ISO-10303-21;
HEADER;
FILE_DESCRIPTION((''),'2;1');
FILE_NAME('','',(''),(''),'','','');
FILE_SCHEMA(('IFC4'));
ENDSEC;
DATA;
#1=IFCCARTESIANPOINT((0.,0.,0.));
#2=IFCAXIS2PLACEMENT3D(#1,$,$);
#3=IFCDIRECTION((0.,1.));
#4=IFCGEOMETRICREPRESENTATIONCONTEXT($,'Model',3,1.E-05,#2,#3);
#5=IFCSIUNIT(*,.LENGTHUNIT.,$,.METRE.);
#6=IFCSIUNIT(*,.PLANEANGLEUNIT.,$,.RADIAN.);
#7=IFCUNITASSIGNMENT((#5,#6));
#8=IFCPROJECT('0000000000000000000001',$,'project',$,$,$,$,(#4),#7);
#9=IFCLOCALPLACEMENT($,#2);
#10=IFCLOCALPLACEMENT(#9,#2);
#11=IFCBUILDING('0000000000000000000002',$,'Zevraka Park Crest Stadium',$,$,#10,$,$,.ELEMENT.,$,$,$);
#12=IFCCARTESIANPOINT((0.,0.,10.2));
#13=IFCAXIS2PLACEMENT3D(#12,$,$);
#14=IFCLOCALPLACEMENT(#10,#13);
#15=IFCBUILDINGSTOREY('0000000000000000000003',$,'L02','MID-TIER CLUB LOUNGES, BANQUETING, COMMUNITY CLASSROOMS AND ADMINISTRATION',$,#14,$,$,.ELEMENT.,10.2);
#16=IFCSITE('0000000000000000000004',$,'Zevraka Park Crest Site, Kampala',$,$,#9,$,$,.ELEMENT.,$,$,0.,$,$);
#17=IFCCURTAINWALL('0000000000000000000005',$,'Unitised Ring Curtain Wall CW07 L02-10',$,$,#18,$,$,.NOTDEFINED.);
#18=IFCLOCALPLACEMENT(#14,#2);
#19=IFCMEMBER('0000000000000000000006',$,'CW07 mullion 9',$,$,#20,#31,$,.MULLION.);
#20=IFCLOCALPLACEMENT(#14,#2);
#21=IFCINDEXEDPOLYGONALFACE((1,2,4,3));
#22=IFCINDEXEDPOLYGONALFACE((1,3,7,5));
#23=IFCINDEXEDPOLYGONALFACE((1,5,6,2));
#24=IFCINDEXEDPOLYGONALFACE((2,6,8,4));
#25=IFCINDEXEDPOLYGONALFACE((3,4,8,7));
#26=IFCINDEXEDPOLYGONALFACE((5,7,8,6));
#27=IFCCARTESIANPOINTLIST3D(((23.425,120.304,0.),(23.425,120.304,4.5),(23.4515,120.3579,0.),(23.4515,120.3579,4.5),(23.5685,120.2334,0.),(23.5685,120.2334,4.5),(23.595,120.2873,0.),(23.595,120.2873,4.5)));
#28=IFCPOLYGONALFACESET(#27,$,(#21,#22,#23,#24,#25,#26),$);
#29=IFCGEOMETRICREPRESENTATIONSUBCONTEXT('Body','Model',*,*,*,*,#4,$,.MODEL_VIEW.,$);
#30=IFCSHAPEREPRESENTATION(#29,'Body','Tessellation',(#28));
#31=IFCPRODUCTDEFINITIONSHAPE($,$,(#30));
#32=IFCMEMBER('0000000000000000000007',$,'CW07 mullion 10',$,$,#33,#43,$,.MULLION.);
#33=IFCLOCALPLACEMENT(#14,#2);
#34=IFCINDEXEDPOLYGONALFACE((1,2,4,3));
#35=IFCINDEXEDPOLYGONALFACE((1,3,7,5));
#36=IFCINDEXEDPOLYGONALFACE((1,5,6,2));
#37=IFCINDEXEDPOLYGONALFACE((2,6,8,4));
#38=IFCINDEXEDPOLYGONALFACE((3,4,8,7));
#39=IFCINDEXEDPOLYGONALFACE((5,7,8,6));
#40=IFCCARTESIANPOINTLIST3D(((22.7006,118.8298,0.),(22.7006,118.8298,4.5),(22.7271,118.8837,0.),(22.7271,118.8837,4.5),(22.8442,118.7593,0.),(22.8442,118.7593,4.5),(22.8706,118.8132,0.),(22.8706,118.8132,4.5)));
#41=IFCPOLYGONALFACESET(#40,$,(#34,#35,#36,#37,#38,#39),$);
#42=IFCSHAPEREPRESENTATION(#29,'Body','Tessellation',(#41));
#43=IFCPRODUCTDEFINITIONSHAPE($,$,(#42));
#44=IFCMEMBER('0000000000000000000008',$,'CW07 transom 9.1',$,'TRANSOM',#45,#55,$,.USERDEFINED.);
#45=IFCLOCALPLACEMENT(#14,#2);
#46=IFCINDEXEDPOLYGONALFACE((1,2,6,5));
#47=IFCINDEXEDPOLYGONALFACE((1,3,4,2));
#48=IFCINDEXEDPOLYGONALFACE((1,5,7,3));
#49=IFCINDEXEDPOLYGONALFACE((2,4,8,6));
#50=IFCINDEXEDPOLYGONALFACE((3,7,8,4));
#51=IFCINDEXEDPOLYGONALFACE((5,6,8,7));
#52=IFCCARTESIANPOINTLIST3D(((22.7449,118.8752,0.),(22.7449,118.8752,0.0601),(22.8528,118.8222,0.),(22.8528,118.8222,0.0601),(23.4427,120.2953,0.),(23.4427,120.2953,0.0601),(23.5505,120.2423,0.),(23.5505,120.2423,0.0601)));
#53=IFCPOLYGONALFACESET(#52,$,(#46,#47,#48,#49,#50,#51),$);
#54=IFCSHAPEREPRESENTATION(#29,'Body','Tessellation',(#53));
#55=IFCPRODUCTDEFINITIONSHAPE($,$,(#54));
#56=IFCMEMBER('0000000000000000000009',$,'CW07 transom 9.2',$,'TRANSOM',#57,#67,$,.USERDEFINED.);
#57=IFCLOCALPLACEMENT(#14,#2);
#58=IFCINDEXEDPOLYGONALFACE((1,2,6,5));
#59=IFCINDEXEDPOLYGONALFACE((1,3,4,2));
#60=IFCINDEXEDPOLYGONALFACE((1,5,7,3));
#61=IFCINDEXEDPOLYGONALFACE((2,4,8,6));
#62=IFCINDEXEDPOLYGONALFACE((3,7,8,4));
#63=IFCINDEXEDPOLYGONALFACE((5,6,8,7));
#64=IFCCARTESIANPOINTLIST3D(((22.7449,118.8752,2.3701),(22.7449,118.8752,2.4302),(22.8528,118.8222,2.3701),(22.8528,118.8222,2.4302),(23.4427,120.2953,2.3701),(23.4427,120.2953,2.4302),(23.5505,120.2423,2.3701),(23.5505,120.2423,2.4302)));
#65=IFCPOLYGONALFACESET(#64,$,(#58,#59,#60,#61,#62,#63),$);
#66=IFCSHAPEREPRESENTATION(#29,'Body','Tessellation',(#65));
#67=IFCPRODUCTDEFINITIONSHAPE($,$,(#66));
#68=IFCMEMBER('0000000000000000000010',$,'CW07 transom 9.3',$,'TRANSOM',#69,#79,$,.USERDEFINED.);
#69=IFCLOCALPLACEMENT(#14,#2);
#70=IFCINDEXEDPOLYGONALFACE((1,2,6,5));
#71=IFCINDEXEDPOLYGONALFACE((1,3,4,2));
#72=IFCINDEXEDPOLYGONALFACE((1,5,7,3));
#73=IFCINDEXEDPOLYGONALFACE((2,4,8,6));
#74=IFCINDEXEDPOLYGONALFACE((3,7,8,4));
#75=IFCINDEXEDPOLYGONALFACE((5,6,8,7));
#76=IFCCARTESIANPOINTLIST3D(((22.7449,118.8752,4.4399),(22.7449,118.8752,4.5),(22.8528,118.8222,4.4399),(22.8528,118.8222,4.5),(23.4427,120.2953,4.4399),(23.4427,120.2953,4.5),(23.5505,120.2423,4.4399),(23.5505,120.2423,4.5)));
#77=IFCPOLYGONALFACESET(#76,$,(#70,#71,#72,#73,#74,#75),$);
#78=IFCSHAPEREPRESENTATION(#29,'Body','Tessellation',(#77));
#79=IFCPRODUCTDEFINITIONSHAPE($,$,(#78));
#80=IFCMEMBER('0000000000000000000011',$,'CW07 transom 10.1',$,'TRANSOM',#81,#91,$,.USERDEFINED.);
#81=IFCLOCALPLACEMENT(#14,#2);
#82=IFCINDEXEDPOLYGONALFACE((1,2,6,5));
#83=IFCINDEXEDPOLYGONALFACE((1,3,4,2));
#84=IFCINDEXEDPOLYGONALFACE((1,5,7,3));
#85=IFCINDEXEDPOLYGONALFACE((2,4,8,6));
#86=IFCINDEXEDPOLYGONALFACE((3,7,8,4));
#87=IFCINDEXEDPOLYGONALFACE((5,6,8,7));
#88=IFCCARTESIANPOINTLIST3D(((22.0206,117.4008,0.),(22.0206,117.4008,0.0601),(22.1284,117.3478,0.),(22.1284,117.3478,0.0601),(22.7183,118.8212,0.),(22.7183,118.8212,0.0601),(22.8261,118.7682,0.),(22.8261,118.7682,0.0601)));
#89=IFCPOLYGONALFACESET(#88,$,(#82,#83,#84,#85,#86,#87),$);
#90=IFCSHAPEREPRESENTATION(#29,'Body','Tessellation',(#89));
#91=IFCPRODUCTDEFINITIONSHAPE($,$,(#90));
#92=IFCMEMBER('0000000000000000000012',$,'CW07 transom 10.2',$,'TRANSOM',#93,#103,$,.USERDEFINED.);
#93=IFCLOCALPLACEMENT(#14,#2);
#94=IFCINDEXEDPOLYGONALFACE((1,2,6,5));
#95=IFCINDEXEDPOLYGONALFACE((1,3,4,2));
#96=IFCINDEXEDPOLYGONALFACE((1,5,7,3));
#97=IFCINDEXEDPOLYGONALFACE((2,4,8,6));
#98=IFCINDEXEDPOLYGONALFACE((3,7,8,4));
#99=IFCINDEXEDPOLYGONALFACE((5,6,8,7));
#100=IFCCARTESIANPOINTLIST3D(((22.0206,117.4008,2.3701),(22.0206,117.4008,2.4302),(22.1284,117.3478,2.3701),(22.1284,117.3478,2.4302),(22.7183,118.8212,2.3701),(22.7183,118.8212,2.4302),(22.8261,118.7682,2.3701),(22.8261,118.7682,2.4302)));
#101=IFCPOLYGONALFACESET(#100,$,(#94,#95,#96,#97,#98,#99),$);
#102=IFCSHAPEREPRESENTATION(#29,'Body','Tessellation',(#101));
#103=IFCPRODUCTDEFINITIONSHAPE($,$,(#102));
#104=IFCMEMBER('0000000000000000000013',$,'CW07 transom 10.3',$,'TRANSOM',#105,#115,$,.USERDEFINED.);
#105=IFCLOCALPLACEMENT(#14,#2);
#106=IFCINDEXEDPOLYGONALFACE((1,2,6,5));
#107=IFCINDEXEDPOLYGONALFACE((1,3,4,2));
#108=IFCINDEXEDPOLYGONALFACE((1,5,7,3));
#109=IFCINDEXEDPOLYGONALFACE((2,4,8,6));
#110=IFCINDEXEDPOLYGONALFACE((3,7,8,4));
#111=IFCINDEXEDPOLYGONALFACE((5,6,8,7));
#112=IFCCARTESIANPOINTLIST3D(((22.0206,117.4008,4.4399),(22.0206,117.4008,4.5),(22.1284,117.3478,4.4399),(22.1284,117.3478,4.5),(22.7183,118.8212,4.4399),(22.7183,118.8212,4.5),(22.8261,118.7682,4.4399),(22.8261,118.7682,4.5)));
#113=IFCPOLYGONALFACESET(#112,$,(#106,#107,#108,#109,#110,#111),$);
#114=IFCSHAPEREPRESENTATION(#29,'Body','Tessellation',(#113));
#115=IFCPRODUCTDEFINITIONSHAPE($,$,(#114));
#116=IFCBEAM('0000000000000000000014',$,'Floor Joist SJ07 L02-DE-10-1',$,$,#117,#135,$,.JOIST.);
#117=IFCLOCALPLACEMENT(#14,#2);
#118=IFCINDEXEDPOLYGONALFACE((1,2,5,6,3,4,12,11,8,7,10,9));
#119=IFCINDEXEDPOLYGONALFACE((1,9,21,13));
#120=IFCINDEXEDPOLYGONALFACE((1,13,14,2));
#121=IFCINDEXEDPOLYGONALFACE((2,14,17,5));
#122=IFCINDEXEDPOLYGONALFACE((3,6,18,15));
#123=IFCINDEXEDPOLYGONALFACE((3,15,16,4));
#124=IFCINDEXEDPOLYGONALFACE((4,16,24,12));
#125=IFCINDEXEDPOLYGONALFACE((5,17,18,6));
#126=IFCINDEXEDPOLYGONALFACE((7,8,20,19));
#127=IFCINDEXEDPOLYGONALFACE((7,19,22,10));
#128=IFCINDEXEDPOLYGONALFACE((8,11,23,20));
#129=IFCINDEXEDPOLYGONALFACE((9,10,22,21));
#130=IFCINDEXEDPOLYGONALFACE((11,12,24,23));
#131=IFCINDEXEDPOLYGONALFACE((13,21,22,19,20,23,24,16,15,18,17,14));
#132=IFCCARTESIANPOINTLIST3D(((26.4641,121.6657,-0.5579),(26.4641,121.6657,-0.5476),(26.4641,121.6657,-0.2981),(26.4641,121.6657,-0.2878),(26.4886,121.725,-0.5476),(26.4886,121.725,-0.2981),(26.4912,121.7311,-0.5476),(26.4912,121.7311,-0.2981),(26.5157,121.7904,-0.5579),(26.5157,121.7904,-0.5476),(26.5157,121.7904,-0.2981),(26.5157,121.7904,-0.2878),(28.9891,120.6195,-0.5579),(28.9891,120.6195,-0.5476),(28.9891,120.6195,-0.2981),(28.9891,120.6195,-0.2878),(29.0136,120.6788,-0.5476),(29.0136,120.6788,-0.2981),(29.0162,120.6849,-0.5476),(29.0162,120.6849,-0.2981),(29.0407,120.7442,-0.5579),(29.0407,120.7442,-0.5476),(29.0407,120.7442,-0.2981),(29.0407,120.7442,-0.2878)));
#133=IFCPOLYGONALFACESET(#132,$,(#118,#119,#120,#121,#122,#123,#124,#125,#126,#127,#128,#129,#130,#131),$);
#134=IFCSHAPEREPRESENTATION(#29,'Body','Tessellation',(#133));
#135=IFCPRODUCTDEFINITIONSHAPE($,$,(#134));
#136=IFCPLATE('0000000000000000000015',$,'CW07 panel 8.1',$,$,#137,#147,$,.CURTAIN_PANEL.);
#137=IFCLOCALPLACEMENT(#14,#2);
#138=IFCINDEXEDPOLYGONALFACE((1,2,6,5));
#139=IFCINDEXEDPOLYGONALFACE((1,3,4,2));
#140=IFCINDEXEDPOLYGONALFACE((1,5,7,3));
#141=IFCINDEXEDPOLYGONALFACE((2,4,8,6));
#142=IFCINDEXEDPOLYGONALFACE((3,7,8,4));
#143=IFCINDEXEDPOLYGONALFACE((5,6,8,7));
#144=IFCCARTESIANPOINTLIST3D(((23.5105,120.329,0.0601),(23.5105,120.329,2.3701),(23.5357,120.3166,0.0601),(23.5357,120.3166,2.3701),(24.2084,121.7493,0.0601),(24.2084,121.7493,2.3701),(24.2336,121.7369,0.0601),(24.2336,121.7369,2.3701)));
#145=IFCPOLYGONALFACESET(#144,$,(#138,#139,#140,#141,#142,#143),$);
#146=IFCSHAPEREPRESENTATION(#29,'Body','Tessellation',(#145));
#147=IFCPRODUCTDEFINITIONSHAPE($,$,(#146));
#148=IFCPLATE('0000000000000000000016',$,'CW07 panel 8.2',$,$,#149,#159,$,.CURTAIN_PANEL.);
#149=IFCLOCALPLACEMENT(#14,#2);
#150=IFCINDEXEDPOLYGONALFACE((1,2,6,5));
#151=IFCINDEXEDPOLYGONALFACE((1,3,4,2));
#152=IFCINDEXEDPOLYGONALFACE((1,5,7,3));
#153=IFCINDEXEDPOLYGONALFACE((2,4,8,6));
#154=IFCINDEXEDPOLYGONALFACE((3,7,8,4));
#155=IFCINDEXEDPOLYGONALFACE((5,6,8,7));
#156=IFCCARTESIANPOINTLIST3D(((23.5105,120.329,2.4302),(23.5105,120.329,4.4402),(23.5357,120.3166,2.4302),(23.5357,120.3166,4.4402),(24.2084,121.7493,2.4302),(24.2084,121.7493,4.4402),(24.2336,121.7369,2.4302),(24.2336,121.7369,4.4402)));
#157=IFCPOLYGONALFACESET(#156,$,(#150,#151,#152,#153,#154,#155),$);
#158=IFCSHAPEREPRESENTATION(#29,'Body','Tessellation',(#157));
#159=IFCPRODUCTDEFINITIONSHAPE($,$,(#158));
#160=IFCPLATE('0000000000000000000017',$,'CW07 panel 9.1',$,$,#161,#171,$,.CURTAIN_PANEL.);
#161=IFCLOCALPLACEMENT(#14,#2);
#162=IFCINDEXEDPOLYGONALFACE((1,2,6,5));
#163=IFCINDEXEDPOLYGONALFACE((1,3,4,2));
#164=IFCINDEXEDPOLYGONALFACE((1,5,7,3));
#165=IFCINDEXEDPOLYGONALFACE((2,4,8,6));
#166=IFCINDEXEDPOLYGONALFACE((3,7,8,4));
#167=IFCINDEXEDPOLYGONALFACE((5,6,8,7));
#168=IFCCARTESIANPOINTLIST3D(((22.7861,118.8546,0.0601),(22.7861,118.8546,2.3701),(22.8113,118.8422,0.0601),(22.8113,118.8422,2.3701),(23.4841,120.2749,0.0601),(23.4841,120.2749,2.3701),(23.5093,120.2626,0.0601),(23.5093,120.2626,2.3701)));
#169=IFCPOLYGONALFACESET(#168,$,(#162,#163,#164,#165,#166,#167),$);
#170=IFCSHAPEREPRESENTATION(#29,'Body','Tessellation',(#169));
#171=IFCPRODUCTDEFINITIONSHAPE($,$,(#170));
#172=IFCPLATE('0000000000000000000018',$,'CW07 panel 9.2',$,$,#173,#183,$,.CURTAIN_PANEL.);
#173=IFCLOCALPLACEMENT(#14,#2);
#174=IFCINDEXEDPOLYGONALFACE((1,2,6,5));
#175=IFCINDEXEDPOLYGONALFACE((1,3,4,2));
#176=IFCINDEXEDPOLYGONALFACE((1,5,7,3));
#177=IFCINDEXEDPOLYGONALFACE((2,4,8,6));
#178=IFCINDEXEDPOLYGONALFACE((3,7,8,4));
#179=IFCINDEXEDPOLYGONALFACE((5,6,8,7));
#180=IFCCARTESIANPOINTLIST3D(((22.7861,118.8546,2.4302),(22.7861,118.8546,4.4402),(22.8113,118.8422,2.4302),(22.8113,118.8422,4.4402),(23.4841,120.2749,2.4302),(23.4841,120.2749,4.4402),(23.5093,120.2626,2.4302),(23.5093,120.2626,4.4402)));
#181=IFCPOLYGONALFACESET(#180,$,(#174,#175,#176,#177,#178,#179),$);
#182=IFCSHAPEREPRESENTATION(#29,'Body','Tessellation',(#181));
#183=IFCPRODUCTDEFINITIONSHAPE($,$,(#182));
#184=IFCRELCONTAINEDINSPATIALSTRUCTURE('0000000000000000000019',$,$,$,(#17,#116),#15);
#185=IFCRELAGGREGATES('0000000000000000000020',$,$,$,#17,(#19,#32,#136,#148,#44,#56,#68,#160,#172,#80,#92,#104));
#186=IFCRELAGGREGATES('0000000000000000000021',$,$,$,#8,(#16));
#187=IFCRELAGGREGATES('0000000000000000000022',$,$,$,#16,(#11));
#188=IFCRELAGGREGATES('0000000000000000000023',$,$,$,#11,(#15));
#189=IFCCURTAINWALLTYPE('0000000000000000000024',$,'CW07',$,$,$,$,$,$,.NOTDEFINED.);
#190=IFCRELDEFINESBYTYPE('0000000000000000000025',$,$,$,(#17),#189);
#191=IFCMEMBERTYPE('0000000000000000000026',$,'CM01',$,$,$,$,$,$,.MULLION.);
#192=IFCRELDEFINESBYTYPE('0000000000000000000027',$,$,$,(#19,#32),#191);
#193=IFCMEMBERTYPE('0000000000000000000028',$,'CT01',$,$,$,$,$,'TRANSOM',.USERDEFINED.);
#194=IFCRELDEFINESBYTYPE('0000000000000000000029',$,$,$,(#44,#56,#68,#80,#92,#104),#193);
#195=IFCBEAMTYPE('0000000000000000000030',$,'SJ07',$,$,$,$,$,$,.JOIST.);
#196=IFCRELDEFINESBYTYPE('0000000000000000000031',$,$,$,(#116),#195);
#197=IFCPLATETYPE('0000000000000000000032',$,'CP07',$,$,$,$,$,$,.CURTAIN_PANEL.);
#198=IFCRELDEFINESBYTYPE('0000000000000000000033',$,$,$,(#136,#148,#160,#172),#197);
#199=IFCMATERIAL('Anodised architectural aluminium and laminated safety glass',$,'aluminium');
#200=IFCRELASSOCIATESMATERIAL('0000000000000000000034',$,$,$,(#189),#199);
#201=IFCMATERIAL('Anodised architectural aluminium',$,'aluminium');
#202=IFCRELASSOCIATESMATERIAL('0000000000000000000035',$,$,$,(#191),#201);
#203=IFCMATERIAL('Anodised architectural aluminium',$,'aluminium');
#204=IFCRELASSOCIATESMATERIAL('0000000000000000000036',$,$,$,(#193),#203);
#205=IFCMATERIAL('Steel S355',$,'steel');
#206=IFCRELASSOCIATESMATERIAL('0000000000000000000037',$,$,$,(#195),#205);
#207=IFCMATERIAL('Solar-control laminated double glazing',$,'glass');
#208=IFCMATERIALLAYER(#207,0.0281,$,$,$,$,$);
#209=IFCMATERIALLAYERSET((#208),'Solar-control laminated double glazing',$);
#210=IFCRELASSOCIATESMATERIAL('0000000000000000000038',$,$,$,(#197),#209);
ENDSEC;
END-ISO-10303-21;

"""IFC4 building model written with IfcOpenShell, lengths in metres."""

from ifc_helpers import new_model, si_unit, direction, frame, origin, origin_2d, place, context, subcontext, project, spatial, rectangle, i_section, extrude, material, layer, layer_set, material_profile, profile_set, type_object, element, aggregate, save


model = new_model("IFC4")

# Units and contexts
model_context = context("Model", 3, precision=1e-05, world=origin(), true_north=direction((0.0, 1.0)))
body_context = subcontext(model_context, "Body", "Model", "MODEL_VIEW")
ifc_project = project(units=[si_unit("LENGTHUNIT", "METRE"), si_unit("PLANEANGLEUNIT", "RADIAN")], contexts=[model_context])

# Site, building, storey
site_placement = place(None, origin())
site = spatial("IfcSite", under=ifc_project, at=site_placement, Name="Zevraka Park Crest Site, Kampala", CompositionType="ELEMENT", RefElevation=0.0)
building_placement = place(site_placement, origin())
building = spatial("IfcBuilding", under=site, at=building_placement, Name="Zevraka Park Crest Stadium", CompositionType="ELEMENT")
storey_placement = place(building_placement, frame((0.0, 0.0, 10.2)))
storey = spatial("IfcBuildingStorey", under=building, at=storey_placement, Name="L02", Description="MID-TIER CLUB LOUNGES, BANQUETING, COMMUNITY CLASSROOMS AND ADMINISTRATION", CompositionType="ELEMENT", Elevation=10.2)

# Curtain wall, members
ifc_material_1 = material(Name="Anodised architectural aluminium and laminated safety glass", Category="aluminium")
curtain_wall_type = type_object("IfcCurtainWallType", Name="CW07", PredefinedType="NOTDEFINED", material=ifc_material_1)
curtain_wall_placement = place(storey_placement, origin())
curtain_wall = element("IfcCurtainWall", 1, at=curtain_wall_placement, inside=storey, type_object=curtain_wall_type, Name="Unitised Ring Curtain Wall CW07 L02-10", PredefinedType="NOTDEFINED")
ifc_material_2 = material(Name="Anodised architectural aluminium", Category="aluminium")
ifc_material_profile_1 = material_profile(ifc_material_2, rectangle(XDim=0.1599, YDim=0.0601, at=origin_2d()), Name="ALU MULLION 160x60")
ifc_profile_set_1 = profile_set([ifc_material_profile_1], Name="Anodised architectural aluminium")
member_type_1 = type_object("IfcMemberType", Name="CM01", PredefinedType="MULLION", material=ifc_profile_set_1)
member_1_placement = place(storey_placement, frame((23.51, 120.2957, 0.0), z_axis=(0.0, 0.0, 1.0), x_axis=(0.897497, -0.441021, 0.0)))
member_1 = element("IfcMember", 2, at=member_1_placement, type_object=member_type_1, Name="CW07 mullion 9", PredefinedType="MULLION", context=body_context, shape_type="SweptSolid", body=[
    extrude(rectangle(XDim=0.1599, YDim=0.0601, at=origin_2d()), origin(), (0.0, 0.0, 1.0), 4.5),
])
member_2_placement = place(storey_placement, frame((22.7856, 118.8215, 0.0), z_axis=(0.0, 0.0, 1.0), x_axis=(0.897497, -0.441021, 0.0)))
member_2 = element("IfcMember", 3, at=member_2_placement, type_object=member_type_1, Name="CW07 mullion 10", PredefinedType="MULLION", context=body_context, shape_type="SweptSolid", body=[
    extrude(rectangle(XDim=0.1599, YDim=0.0601, at=origin_2d()), origin(), (0.0, 0.0, 1.0), 4.5),
])
ifc_material_3 = material(Name="Anodised architectural aluminium", Category="aluminium")
ifc_material_profile_2 = material_profile(ifc_material_3, rectangle(XDim=0.1201, YDim=0.0601, at=origin_2d()), Name="ALU TRANSOM 120x60")
ifc_profile_set_2 = profile_set([ifc_material_profile_2], Name="Anodised architectural aluminium")
member_type_2 = type_object("IfcMemberType", Name="CT01", ElementType="TRANSOM", PredefinedType="USERDEFINED", material=ifc_profile_set_2)
member_3_placement = place(storey_placement, frame((23.4966, 120.2688, 0.03), z_axis=(-0.440969, -0.897522, 0.0), x_axis=(0.897522, -0.440969, 0.0)))
member_3 = element("IfcMember", 4, at=member_3_placement, type_object=member_type_2, Name="CW07 transom 9.1", ObjectType="TRANSOM", PredefinedType="USERDEFINED", context=body_context, shape_type="SweptSolid", body=[
    extrude(rectangle(XDim=0.1201, YDim=0.0601, at=origin_2d()), origin(), (0.0, 0.0, 1.0), 1.5823),
])
member_4_placement = place(storey_placement, frame((23.4966, 120.2688, 2.4001), z_axis=(-0.440969, -0.897522, 0.0), x_axis=(0.897522, -0.440969, 0.0)))
member_4 = element("IfcMember", 5, at=member_4_placement, type_object=member_type_2, Name="CW07 transom 9.2", ObjectType="TRANSOM", PredefinedType="USERDEFINED", context=body_context, shape_type="SweptSolid", body=[
    extrude(rectangle(XDim=0.1201, YDim=0.0601, at=origin_2d()), origin(), (0.0, 0.0, 1.0), 1.5823),
])
member_5_placement = place(storey_placement, frame((23.4966, 120.2688, 4.47), z_axis=(-0.440969, -0.897522, 0.0), x_axis=(0.897522, -0.440969, 0.0)))
member_5 = element("IfcMember", 6, at=member_5_placement, type_object=member_type_2, Name="CW07 transom 9.3", ObjectType="TRANSOM", PredefinedType="USERDEFINED", context=body_context, shape_type="SweptSolid", body=[
    extrude(rectangle(XDim=0.1201, YDim=0.0601, at=origin_2d()), origin(), (0.0, 0.0, 1.0), 1.5823),
])
member_6_placement = place(storey_placement, frame((22.7722, 118.7947, 0.03), z_axis=(-0.440908, -0.897552, 0.0), x_axis=(0.897552, -0.440908, 0.0)))
member_6 = element("IfcMember", 7, at=member_6_placement, type_object=member_type_2, Name="CW07 transom 10.1", ObjectType="TRANSOM", PredefinedType="USERDEFINED", context=body_context, shape_type="SweptSolid", body=[
    extrude(rectangle(XDim=0.1201, YDim=0.0601, at=origin_2d()), origin(), (0.0, 0.0, 1.0), 1.5825),
])
member_7_placement = place(storey_placement, frame((22.7722, 118.7947, 2.4001), z_axis=(-0.440908, -0.897552, 0.0), x_axis=(0.897552, -0.440908, 0.0)))
member_7 = element("IfcMember", 8, at=member_7_placement, type_object=member_type_2, Name="CW07 transom 10.2", ObjectType="TRANSOM", PredefinedType="USERDEFINED", context=body_context, shape_type="SweptSolid", body=[
    extrude(rectangle(XDim=0.1201, YDim=0.0601, at=origin_2d()), origin(), (0.0, 0.0, 1.0), 1.5825),
])
member_8_placement = place(storey_placement, frame((22.7722, 118.7947, 4.47), z_axis=(-0.440908, -0.897552, 0.0), x_axis=(0.897552, -0.440908, 0.0)))
member_8 = element("IfcMember", 9, at=member_8_placement, type_object=member_type_2, Name="CW07 transom 10.3", ObjectType="TRANSOM", PredefinedType="USERDEFINED", context=body_context, shape_type="SweptSolid", body=[
    extrude(rectangle(XDim=0.1201, YDim=0.0601, at=origin_2d()), origin(), (0.0, 0.0, 1.0), 1.5825),
])

# Beam
ifc_material_4 = material(Name="Steel S355", Category="steel")
ifc_material_profile_3 = material_profile(ifc_material_4, i_section(OverallWidth=0.135, OverallDepth=0.27, WebThickness=0.0066, FlangeThickness=0.0103, at=origin_2d()), Name="IPE 270")
ifc_profile_set_3 = profile_set([ifc_material_profile_3], Name="Steel S355")
beam_type = type_object("IfcBeamType", Name="SJ07", PredefinedType="JOIST", material=ifc_profile_set_3)
beam_placement = place(storey_placement, frame((29.0149, 120.6819, -0.4229), z_axis=(-0.923842, 0.382775, 0.0), x_axis=(-0.382775, -0.923842, 0.0)))
element("IfcBeam", 10, at=beam_placement, inside=storey, type_object=beam_type, Name="Floor Joist SJ07 L02-DE-10-1", PredefinedType="JOIST", context=body_context, shape_type="SweptSolid", body=[
    extrude(i_section(OverallWidth=0.135, OverallDepth=0.27, WebThickness=0.0066, FlangeThickness=0.0103, at=origin_2d()), origin(), (0.0, 0.0, 1.0), 2.7332),
])

# Plates
ifc_material_5 = material(Name="Solar-control laminated double glazing", Category="glass")
ifc_layer_1 = layer(ifc_material_5, 0.0281)
ifc_layer_set_1 = layer_set([ifc_layer_1], Name="Solar-control laminated double glazing")
plate_type = type_object("IfcPlateType", Name="CP07", PredefinedType="CURTAIN_PANEL", material=ifc_layer_set_1)
plate_1_placement = place(storey_placement, frame((23.8721, 121.033, 0.0601), z_axis=(0.0, 0.0, 1.0), x_axis=(-0.441021, -0.897497, 0.0)))
plate_1 = element("IfcPlate", 11, at=plate_1_placement, type_object=plate_type, Name="CW07 panel 8.1", PredefinedType="CURTAIN_PANEL", context=body_context, shape_type="SweptSolid", body=[
    extrude(rectangle(XDim=1.5825, YDim=0.0281, at=origin_2d()), origin(), (0.0, 0.0, 1.0), 2.3101),
])
plate_2_placement = place(storey_placement, frame((23.8721, 121.033, 2.4302), z_axis=(0.0, 0.0, 1.0), x_axis=(-0.441021, -0.897497, 0.0)))
plate_2 = element("IfcPlate", 12, at=plate_2_placement, type_object=plate_type, Name="CW07 panel 8.2", PredefinedType="CURTAIN_PANEL", context=body_context, shape_type="SweptSolid", body=[
    extrude(rectangle(XDim=1.5825, YDim=0.0281, at=origin_2d()), origin(), (0.0, 0.0, 1.0), 2.01),
])
plate_3_placement = place(storey_placement, frame((23.1477, 119.5586, 0.0601), z_axis=(0.0, 0.0, 1.0), x_axis=(-0.441021, -0.897497, 0.0)))
plate_3 = element("IfcPlate", 13, at=plate_3_placement, type_object=plate_type, Name="CW07 panel 9.1", PredefinedType="CURTAIN_PANEL", context=body_context, shape_type="SweptSolid", body=[
    extrude(rectangle(XDim=1.5825, YDim=0.0281, at=origin_2d()), origin(), (0.0, 0.0, 1.0), 2.3101),
])
plate_4_placement = place(storey_placement, frame((23.1477, 119.5586, 2.4302), z_axis=(0.0, 0.0, 1.0), x_axis=(-0.441021, -0.897497, 0.0)))
plate_4 = element("IfcPlate", 14, at=plate_4_placement, type_object=plate_type, Name="CW07 panel 9.2", PredefinedType="CURTAIN_PANEL", context=body_context, shape_type="SweptSolid", body=[
    extrude(rectangle(XDim=1.5825, YDim=0.0281, at=origin_2d()), origin(), (0.0, 0.0, 1.0), 2.01),
])
aggregate(curtain_wall, [member_1, member_2, plate_1, plate_2, member_3, member_4, member_5, plate_3, plate_4, member_6, member_7, member_8])

save(model, "model.ifc")
